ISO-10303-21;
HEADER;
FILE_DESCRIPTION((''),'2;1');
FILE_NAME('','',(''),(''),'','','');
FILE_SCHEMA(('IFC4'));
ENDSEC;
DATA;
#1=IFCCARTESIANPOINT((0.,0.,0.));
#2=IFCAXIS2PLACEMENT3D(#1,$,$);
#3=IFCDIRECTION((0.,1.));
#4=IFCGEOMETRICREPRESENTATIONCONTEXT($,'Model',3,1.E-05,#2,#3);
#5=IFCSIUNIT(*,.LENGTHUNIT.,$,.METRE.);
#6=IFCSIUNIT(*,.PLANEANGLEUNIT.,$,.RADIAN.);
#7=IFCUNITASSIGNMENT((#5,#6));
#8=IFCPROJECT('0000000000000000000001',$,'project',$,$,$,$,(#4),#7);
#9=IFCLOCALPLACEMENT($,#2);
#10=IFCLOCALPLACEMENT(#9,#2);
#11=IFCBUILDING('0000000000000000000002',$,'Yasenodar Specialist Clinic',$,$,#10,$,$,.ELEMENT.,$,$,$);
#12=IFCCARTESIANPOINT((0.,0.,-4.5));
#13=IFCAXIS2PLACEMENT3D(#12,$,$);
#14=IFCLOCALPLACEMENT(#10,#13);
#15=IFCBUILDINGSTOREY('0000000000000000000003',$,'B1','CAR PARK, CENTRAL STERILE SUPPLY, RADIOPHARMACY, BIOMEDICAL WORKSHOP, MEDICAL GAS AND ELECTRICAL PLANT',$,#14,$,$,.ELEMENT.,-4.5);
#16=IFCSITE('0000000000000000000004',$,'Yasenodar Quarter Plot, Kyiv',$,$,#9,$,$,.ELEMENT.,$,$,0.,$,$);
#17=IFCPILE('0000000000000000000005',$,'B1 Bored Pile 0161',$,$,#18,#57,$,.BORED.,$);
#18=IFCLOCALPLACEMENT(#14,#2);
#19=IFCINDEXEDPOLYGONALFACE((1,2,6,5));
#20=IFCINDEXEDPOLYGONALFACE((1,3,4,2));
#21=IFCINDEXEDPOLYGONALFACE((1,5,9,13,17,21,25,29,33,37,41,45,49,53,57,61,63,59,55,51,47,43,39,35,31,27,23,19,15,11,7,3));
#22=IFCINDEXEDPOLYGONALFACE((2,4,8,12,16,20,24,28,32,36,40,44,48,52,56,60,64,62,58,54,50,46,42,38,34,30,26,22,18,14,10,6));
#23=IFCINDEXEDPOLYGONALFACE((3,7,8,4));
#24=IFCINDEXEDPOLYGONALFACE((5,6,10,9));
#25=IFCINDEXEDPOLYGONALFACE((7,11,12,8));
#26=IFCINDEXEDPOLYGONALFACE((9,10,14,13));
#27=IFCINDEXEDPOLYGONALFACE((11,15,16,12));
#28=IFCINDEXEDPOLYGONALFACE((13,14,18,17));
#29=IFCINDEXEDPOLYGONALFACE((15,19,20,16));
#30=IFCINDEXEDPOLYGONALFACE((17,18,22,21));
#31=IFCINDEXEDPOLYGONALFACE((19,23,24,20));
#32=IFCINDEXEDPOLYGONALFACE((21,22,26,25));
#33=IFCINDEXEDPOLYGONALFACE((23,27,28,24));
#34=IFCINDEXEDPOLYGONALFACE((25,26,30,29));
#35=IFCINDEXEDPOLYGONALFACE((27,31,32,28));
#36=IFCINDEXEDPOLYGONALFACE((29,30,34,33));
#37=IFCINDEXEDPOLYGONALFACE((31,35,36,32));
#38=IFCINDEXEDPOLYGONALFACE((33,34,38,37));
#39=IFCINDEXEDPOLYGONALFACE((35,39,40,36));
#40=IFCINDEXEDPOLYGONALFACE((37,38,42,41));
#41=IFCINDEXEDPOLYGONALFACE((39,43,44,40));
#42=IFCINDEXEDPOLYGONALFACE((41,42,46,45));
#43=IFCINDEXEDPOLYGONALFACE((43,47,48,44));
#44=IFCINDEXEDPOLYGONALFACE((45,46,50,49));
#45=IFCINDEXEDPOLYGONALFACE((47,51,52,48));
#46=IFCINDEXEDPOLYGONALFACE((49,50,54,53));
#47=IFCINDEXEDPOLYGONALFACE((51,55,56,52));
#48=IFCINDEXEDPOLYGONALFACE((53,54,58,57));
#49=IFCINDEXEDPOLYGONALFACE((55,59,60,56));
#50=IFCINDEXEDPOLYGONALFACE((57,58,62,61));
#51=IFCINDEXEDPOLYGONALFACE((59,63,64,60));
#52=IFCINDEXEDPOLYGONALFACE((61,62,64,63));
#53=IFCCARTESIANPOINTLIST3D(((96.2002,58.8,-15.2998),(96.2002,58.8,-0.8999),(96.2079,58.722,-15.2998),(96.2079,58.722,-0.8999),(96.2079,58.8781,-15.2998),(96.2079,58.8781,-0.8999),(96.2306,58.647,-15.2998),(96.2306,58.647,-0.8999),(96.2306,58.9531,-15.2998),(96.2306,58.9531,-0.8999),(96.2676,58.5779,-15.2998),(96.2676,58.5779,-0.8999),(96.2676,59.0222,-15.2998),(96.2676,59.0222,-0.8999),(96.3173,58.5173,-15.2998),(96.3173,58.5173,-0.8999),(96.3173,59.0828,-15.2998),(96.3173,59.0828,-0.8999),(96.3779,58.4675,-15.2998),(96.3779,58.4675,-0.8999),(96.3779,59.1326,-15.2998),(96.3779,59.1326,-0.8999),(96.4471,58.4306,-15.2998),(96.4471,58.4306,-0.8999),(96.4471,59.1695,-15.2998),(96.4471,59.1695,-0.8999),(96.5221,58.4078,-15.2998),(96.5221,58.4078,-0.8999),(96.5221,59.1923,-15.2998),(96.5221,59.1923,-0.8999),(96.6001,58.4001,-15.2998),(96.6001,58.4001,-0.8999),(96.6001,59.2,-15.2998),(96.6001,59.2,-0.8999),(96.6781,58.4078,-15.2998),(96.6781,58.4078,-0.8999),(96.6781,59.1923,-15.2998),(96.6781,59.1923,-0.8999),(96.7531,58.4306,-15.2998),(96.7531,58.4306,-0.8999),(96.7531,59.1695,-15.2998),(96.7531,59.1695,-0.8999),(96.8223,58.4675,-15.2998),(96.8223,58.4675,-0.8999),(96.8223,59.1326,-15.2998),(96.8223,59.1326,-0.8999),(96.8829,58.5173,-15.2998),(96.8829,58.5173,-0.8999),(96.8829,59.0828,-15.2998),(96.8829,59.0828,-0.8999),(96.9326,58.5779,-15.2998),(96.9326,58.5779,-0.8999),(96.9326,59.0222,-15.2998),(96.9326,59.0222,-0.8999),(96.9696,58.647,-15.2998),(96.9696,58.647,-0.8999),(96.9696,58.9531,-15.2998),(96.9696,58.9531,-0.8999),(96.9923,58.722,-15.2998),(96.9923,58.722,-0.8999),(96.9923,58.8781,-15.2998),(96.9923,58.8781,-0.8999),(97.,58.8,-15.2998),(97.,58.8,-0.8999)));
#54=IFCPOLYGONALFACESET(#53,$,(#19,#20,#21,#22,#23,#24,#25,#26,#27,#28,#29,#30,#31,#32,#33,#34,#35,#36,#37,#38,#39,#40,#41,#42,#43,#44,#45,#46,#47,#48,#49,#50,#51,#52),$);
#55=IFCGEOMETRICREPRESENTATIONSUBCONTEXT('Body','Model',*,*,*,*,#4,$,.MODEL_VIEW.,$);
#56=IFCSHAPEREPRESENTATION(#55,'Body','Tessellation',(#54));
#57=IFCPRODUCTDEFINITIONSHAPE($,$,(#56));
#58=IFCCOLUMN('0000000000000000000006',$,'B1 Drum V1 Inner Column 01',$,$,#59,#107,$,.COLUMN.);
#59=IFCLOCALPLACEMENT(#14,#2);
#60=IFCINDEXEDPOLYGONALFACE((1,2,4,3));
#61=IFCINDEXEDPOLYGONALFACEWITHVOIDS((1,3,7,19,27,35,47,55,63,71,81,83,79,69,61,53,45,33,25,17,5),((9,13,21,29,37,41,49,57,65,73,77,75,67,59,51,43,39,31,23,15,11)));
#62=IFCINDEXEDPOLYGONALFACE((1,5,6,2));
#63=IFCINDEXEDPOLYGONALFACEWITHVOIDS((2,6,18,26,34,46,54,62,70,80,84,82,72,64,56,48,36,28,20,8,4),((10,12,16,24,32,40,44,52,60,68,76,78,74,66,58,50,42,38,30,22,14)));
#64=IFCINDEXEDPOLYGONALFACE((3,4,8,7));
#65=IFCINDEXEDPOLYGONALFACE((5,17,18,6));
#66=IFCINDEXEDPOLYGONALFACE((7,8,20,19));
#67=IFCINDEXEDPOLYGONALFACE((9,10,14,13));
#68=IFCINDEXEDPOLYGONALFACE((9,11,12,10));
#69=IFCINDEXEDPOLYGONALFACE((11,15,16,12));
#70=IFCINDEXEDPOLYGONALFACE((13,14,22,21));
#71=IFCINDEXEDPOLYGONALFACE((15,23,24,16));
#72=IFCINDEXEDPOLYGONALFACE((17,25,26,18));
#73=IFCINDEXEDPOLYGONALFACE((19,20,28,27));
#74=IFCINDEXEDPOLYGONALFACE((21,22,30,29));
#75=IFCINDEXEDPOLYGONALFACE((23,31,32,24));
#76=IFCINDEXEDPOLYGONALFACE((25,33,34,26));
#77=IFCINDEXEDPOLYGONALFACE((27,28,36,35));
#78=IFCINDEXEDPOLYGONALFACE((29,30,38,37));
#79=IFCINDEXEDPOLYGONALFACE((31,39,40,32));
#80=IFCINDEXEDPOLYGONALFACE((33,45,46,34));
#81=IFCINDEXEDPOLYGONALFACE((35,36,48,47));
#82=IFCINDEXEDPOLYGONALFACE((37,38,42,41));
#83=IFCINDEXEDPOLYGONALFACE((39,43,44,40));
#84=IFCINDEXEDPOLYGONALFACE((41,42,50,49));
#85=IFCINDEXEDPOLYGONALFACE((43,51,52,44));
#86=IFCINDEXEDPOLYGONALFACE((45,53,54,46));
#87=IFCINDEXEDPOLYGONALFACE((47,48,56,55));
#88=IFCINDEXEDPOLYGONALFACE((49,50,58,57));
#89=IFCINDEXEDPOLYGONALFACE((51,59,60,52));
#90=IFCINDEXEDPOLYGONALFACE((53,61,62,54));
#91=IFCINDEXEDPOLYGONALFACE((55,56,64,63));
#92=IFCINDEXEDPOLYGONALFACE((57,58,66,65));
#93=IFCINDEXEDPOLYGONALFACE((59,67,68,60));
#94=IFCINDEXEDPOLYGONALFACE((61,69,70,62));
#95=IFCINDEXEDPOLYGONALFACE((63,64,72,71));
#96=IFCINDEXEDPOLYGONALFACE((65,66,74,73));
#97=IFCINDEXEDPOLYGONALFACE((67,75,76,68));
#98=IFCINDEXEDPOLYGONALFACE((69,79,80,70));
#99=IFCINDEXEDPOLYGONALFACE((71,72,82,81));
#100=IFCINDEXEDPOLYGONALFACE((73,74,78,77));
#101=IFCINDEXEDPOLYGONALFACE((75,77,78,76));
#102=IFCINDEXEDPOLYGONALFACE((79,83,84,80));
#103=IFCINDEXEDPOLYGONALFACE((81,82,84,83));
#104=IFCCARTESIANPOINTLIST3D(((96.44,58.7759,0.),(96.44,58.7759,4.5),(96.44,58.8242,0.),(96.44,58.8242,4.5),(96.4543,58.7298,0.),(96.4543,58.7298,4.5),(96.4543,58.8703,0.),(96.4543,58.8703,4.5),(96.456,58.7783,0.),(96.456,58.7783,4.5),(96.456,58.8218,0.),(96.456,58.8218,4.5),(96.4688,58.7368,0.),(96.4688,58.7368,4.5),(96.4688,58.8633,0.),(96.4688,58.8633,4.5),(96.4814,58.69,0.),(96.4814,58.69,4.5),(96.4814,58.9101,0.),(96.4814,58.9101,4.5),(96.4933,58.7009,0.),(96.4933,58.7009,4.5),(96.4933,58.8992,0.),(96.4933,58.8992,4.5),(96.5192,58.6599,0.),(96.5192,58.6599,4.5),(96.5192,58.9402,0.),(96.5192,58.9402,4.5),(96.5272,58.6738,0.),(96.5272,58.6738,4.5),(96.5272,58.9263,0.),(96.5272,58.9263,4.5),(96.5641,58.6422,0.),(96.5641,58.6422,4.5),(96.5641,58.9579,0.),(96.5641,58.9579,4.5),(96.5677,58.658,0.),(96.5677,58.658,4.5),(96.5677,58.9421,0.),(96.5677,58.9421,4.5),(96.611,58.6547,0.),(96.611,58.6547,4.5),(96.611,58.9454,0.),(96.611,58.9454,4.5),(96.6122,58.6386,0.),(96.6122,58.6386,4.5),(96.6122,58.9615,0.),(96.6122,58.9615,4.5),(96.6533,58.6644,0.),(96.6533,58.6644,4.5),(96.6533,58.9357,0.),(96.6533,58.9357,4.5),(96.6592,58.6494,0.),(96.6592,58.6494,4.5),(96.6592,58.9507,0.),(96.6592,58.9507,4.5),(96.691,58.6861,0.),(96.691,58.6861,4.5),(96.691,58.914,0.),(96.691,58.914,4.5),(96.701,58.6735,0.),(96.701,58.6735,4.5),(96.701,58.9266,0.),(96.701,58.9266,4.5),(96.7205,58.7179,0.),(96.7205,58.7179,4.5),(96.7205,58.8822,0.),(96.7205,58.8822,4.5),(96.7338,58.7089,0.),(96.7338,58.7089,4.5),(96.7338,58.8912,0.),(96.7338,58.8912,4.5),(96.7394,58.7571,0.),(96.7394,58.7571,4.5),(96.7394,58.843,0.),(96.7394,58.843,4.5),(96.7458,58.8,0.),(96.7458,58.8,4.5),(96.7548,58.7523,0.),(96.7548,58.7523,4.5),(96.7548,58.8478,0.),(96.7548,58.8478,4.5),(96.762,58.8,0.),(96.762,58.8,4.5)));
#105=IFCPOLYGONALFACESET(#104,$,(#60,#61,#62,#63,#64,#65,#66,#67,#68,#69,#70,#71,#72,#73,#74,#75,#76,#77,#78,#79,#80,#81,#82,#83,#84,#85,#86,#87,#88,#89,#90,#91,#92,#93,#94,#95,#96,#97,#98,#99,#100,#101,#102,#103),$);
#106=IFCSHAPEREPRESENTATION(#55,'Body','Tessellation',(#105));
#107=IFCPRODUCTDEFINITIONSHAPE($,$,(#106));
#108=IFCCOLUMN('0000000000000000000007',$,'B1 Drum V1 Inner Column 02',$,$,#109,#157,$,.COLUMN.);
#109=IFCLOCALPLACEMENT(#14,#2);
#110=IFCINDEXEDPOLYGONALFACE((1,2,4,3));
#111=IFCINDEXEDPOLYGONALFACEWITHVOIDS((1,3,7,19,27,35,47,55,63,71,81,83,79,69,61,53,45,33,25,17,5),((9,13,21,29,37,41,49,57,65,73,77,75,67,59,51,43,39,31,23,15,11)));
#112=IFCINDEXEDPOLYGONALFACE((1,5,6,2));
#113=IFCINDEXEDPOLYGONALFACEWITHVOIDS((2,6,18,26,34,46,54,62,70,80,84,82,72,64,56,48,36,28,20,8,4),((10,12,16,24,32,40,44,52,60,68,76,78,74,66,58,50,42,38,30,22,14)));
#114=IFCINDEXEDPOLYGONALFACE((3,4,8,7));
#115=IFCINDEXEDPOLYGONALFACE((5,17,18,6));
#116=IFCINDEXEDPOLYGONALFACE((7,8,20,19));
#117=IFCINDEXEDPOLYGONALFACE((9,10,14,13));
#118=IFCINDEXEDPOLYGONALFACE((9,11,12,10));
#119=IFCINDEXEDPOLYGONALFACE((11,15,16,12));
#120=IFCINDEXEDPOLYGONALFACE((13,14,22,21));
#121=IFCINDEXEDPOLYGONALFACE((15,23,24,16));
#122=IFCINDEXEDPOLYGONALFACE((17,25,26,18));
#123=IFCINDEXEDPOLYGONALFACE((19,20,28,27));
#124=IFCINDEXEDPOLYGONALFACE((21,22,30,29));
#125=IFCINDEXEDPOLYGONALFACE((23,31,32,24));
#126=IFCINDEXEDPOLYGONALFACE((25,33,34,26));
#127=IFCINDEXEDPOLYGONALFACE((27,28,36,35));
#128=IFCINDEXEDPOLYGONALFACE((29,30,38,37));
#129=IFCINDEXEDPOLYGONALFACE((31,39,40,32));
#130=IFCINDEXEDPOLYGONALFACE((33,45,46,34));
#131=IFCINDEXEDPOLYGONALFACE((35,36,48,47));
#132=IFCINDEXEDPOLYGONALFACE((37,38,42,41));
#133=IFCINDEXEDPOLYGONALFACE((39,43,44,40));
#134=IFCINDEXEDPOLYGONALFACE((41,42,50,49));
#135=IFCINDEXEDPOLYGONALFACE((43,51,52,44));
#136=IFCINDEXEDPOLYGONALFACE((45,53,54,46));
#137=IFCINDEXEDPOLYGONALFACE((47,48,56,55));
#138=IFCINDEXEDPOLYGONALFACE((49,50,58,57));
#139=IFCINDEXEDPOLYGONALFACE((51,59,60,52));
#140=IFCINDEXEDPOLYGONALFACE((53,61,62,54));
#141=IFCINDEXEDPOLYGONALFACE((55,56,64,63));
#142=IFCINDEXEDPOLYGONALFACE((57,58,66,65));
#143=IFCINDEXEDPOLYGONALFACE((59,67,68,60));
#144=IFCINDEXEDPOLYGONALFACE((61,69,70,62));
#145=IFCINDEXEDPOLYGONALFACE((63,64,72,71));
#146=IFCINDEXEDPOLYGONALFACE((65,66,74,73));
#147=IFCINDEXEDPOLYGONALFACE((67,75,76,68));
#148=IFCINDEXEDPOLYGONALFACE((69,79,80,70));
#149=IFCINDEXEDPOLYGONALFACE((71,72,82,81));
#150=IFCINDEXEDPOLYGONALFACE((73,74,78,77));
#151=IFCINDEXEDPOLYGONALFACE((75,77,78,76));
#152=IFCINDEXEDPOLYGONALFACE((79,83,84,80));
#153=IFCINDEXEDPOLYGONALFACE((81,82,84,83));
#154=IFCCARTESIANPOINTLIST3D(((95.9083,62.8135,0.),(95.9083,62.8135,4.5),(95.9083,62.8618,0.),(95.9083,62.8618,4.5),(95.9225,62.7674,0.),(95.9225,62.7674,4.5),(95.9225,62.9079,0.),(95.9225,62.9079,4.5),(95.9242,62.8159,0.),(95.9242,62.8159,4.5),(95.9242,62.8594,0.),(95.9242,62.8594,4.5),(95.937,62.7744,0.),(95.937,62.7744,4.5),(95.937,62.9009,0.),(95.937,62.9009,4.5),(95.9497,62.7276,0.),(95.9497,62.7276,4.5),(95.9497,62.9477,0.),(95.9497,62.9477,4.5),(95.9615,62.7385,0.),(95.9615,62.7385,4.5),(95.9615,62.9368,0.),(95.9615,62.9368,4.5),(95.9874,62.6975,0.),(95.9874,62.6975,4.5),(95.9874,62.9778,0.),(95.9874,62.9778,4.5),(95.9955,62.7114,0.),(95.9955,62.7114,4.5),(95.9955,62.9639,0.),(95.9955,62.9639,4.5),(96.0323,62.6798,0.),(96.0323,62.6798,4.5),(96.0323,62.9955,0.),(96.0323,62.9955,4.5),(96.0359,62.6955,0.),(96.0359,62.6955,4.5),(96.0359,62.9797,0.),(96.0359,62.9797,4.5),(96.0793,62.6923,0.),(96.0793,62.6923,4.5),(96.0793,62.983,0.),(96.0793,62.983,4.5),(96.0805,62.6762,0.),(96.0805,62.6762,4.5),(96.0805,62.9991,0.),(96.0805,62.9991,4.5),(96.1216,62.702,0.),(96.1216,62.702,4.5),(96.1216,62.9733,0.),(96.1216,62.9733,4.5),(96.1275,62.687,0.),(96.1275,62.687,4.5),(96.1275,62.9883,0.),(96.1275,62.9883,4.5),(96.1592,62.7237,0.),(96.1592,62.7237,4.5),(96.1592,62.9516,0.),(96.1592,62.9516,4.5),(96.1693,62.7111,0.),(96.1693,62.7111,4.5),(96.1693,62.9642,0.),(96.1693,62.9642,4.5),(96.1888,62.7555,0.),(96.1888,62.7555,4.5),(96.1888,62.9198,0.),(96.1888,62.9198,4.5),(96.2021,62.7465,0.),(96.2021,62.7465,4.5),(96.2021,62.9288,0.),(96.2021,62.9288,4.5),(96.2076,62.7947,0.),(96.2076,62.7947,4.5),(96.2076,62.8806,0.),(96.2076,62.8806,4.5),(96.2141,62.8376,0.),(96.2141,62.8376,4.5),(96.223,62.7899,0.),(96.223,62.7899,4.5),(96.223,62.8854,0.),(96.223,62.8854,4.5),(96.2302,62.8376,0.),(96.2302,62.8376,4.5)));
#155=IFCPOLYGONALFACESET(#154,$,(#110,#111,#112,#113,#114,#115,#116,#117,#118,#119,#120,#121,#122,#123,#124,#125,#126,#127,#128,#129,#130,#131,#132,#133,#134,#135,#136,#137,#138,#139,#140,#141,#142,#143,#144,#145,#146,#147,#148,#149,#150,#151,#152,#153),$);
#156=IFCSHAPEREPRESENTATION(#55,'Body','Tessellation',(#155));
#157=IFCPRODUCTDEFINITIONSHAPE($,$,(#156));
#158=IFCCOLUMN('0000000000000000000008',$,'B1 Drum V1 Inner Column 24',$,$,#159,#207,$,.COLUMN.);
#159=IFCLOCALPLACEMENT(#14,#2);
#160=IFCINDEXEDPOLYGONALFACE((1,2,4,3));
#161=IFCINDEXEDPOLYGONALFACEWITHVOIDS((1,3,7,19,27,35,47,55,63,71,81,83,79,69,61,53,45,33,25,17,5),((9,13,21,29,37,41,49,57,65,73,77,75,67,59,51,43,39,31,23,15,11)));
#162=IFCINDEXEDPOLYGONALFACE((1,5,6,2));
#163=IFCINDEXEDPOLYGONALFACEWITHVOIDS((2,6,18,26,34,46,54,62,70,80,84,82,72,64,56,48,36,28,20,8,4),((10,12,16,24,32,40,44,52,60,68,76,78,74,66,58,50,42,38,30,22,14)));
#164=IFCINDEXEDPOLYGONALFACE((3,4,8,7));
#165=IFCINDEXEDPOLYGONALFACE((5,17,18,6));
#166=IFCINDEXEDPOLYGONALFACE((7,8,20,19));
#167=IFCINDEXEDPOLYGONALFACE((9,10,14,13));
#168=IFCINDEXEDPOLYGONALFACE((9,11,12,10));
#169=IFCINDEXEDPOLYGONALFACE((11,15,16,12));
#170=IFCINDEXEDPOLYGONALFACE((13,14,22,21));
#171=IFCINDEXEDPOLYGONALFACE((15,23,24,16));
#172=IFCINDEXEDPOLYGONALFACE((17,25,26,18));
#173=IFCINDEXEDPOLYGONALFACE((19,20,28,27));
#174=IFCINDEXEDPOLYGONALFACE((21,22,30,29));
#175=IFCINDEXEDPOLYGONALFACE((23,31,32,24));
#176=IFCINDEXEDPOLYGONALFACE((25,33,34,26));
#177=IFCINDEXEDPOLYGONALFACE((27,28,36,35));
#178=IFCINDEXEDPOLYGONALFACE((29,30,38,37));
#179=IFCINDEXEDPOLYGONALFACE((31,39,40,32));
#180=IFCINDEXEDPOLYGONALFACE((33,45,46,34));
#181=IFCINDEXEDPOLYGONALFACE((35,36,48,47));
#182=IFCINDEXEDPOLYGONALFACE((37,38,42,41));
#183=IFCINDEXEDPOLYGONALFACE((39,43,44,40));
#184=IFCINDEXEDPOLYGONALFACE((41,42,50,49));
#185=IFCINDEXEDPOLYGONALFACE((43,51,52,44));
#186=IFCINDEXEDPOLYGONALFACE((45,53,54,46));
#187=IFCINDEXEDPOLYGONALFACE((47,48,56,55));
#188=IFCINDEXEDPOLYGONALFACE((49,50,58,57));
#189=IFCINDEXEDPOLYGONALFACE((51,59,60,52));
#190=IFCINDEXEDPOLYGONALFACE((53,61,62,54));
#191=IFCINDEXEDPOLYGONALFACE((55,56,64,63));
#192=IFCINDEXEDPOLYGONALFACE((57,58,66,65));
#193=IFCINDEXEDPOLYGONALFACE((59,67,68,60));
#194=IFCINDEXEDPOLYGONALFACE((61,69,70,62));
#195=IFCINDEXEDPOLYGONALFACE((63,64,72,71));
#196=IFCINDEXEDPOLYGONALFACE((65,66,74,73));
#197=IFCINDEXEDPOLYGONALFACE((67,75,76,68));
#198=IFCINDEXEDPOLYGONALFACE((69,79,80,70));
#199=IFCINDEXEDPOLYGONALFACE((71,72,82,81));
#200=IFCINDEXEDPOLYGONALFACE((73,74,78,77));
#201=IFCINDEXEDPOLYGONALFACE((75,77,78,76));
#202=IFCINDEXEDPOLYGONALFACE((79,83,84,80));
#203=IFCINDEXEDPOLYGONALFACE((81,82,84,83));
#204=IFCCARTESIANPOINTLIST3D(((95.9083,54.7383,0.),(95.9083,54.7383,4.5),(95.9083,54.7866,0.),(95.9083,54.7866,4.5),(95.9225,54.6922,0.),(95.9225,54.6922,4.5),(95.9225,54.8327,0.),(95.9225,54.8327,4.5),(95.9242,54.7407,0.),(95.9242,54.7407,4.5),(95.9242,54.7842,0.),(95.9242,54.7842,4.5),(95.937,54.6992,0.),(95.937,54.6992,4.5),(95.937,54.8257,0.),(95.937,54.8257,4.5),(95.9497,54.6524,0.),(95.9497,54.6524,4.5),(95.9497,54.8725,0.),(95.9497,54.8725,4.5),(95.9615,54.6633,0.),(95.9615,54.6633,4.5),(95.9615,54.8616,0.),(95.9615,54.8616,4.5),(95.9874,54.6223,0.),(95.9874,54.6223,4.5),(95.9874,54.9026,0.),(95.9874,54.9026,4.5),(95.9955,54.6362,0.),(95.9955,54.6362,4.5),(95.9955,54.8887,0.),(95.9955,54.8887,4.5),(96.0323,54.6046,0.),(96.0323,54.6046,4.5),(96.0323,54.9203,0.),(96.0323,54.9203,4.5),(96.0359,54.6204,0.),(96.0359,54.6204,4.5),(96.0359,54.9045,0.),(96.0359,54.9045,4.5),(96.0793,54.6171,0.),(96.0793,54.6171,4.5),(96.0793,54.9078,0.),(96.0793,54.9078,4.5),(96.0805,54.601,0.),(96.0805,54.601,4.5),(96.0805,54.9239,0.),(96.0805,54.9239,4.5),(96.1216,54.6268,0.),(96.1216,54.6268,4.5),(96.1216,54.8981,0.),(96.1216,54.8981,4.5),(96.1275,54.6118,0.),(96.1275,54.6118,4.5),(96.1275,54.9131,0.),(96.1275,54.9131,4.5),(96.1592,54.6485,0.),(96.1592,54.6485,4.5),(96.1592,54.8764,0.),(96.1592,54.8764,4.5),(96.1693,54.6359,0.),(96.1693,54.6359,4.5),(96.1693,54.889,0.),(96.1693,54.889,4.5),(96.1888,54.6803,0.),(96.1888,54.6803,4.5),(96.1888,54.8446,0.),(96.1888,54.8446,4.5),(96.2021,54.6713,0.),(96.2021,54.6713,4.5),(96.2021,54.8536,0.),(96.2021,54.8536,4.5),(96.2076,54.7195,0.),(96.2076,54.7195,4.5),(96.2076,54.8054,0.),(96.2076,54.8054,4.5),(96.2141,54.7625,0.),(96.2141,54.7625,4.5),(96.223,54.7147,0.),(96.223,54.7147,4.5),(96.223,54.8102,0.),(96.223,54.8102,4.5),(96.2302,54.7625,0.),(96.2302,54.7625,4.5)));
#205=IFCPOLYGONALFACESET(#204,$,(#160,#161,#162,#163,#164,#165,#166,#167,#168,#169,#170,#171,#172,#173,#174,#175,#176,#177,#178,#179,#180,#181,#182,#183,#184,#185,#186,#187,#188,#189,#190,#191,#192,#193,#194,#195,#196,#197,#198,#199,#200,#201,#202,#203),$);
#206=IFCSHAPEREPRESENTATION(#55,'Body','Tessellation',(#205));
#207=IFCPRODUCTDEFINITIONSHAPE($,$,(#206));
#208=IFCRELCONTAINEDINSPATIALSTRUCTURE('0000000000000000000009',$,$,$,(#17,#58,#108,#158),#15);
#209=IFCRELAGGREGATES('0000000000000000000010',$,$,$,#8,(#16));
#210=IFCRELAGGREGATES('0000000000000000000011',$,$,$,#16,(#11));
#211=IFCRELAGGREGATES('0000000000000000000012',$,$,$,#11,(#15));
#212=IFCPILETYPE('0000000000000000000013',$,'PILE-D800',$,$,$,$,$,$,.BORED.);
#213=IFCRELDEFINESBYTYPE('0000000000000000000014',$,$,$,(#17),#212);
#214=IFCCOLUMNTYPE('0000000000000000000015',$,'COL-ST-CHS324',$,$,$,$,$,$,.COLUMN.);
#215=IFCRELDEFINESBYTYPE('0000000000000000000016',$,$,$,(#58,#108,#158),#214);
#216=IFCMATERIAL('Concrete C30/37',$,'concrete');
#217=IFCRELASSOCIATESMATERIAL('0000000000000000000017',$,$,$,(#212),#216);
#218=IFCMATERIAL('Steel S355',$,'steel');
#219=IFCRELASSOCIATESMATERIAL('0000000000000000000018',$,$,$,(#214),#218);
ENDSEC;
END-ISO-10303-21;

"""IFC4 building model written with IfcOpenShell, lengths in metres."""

from ifc_helpers import new_model, si_unit, direction, frame, origin, origin_2d, place, context, subcontext, project, spatial, circle, hollow_circle, extrude, material, material_profile, profile_set, type_object, element, save


model = new_model("IFC4")

# Units and contexts
model_context = context("Model", 3, precision=1e-05, world=origin(), true_north=direction((0.0, 1.0)))
body_context = subcontext(model_context, "Body", "Model", "MODEL_VIEW")
ifc_project = project(units=[si_unit("LENGTHUNIT", "METRE"), si_unit("PLANEANGLEUNIT", "RADIAN")], contexts=[model_context])

# Site, building, storey
site_placement = place(None, origin())
site = spatial("IfcSite", under=ifc_project, at=site_placement, Name="Yasenodar Quarter Plot, Kyiv", CompositionType="ELEMENT", RefElevation=0.0)
building_placement = place(site_placement, origin())
building = spatial("IfcBuilding", under=site, at=building_placement, Name="Yasenodar Specialist Clinic", CompositionType="ELEMENT")
storey_placement = place(building_placement, frame((0.0, 0.0, -4.5)))
storey = spatial("IfcBuildingStorey", under=building, at=storey_placement, Name="B1", Description="CAR PARK, CENTRAL STERILE SUPPLY, RADIOPHARMACY, BIOMEDICAL WORKSHOP, MEDICAL GAS AND ELECTRICAL PLANT", CompositionType="ELEMENT", Elevation=-4.5)

# Pile
ifc_material_1 = material(Name="Concrete C30/37", Category="concrete")
ifc_material_profile_1 = material_profile(ifc_material_1, circle(Radius=0.3999, at=origin_2d()), Name="PILE D800")
ifc_profile_set_1 = profile_set([ifc_material_profile_1], Name="Concrete C30/37")
pile_type_1 = type_object("IfcPileType", Name="PILE-D800", PredefinedType="BORED", material=ifc_profile_set_1)
pile_1_placement = place(storey_placement, frame((96.6001, 58.8, -0.8999), z_axis=(0.0, 0.0, -1.0), x_axis=(1.0, 0.0, 0.0)))
element("IfcPile", 1, at=pile_1_placement, inside=storey, type_object=pile_type_1, Name="B1 Bored Pile 0161", PredefinedType="BORED", context=body_context, shape_type="SweptSolid", body=[
    extrude(circle(Radius=0.3999, at=origin_2d()), origin(), (0.0, 0.0, 1.0), 14.3999),
])

# Columns
ifc_material_2 = material(Name="Steel S355", Category="steel")
ifc_material_profile_2 = material_profile(ifc_material_2, hollow_circle(Radius=0.1619, WallThickness=0.0161, at=origin_2d()), Name="CHS 323.9x16")
ifc_profile_set_2 = profile_set([ifc_material_profile_2], Name="Steel S355")
column_type_1 = type_object("IfcColumnType", Name="COL-ST-CHS324", PredefinedType="COLUMN", material=ifc_profile_set_2)
for number, where, z_axis, x_axis, name in (
    (2, (96.6001, 58.8, 0.0), (0.0, 0.0, 1.0), (1.0, 0.0, 0.0), "B1 Drum V1 Inner Column 01"),
    (3, (96.0684, 62.8376, 0.0), (0.0, 0.0, 1.0), (1.0, 0.0, 0.0), "B1 Drum V1 Inner Column 02"),
    (4, (96.0684, 54.7625, 0.0), (0.0, 0.0, 1.0), (1.0, 0.0, 0.0), "B1 Drum V1 Inner Column 24"),
):
    element("IfcColumn", number, at=place(storey_placement, frame(where, z_axis=z_axis, x_axis=x_axis)), inside=storey, type_object=column_type_1, Name=name, PredefinedType="COLUMN", context=body_context, shape_type="SweptSolid", body=[
        extrude(hollow_circle(Radius=0.1619, WallThickness=0.0161, at=origin_2d()), origin(), (0.0, 0.0, 1.0), 4.5),
    ])

save(model, "model.ifc")
